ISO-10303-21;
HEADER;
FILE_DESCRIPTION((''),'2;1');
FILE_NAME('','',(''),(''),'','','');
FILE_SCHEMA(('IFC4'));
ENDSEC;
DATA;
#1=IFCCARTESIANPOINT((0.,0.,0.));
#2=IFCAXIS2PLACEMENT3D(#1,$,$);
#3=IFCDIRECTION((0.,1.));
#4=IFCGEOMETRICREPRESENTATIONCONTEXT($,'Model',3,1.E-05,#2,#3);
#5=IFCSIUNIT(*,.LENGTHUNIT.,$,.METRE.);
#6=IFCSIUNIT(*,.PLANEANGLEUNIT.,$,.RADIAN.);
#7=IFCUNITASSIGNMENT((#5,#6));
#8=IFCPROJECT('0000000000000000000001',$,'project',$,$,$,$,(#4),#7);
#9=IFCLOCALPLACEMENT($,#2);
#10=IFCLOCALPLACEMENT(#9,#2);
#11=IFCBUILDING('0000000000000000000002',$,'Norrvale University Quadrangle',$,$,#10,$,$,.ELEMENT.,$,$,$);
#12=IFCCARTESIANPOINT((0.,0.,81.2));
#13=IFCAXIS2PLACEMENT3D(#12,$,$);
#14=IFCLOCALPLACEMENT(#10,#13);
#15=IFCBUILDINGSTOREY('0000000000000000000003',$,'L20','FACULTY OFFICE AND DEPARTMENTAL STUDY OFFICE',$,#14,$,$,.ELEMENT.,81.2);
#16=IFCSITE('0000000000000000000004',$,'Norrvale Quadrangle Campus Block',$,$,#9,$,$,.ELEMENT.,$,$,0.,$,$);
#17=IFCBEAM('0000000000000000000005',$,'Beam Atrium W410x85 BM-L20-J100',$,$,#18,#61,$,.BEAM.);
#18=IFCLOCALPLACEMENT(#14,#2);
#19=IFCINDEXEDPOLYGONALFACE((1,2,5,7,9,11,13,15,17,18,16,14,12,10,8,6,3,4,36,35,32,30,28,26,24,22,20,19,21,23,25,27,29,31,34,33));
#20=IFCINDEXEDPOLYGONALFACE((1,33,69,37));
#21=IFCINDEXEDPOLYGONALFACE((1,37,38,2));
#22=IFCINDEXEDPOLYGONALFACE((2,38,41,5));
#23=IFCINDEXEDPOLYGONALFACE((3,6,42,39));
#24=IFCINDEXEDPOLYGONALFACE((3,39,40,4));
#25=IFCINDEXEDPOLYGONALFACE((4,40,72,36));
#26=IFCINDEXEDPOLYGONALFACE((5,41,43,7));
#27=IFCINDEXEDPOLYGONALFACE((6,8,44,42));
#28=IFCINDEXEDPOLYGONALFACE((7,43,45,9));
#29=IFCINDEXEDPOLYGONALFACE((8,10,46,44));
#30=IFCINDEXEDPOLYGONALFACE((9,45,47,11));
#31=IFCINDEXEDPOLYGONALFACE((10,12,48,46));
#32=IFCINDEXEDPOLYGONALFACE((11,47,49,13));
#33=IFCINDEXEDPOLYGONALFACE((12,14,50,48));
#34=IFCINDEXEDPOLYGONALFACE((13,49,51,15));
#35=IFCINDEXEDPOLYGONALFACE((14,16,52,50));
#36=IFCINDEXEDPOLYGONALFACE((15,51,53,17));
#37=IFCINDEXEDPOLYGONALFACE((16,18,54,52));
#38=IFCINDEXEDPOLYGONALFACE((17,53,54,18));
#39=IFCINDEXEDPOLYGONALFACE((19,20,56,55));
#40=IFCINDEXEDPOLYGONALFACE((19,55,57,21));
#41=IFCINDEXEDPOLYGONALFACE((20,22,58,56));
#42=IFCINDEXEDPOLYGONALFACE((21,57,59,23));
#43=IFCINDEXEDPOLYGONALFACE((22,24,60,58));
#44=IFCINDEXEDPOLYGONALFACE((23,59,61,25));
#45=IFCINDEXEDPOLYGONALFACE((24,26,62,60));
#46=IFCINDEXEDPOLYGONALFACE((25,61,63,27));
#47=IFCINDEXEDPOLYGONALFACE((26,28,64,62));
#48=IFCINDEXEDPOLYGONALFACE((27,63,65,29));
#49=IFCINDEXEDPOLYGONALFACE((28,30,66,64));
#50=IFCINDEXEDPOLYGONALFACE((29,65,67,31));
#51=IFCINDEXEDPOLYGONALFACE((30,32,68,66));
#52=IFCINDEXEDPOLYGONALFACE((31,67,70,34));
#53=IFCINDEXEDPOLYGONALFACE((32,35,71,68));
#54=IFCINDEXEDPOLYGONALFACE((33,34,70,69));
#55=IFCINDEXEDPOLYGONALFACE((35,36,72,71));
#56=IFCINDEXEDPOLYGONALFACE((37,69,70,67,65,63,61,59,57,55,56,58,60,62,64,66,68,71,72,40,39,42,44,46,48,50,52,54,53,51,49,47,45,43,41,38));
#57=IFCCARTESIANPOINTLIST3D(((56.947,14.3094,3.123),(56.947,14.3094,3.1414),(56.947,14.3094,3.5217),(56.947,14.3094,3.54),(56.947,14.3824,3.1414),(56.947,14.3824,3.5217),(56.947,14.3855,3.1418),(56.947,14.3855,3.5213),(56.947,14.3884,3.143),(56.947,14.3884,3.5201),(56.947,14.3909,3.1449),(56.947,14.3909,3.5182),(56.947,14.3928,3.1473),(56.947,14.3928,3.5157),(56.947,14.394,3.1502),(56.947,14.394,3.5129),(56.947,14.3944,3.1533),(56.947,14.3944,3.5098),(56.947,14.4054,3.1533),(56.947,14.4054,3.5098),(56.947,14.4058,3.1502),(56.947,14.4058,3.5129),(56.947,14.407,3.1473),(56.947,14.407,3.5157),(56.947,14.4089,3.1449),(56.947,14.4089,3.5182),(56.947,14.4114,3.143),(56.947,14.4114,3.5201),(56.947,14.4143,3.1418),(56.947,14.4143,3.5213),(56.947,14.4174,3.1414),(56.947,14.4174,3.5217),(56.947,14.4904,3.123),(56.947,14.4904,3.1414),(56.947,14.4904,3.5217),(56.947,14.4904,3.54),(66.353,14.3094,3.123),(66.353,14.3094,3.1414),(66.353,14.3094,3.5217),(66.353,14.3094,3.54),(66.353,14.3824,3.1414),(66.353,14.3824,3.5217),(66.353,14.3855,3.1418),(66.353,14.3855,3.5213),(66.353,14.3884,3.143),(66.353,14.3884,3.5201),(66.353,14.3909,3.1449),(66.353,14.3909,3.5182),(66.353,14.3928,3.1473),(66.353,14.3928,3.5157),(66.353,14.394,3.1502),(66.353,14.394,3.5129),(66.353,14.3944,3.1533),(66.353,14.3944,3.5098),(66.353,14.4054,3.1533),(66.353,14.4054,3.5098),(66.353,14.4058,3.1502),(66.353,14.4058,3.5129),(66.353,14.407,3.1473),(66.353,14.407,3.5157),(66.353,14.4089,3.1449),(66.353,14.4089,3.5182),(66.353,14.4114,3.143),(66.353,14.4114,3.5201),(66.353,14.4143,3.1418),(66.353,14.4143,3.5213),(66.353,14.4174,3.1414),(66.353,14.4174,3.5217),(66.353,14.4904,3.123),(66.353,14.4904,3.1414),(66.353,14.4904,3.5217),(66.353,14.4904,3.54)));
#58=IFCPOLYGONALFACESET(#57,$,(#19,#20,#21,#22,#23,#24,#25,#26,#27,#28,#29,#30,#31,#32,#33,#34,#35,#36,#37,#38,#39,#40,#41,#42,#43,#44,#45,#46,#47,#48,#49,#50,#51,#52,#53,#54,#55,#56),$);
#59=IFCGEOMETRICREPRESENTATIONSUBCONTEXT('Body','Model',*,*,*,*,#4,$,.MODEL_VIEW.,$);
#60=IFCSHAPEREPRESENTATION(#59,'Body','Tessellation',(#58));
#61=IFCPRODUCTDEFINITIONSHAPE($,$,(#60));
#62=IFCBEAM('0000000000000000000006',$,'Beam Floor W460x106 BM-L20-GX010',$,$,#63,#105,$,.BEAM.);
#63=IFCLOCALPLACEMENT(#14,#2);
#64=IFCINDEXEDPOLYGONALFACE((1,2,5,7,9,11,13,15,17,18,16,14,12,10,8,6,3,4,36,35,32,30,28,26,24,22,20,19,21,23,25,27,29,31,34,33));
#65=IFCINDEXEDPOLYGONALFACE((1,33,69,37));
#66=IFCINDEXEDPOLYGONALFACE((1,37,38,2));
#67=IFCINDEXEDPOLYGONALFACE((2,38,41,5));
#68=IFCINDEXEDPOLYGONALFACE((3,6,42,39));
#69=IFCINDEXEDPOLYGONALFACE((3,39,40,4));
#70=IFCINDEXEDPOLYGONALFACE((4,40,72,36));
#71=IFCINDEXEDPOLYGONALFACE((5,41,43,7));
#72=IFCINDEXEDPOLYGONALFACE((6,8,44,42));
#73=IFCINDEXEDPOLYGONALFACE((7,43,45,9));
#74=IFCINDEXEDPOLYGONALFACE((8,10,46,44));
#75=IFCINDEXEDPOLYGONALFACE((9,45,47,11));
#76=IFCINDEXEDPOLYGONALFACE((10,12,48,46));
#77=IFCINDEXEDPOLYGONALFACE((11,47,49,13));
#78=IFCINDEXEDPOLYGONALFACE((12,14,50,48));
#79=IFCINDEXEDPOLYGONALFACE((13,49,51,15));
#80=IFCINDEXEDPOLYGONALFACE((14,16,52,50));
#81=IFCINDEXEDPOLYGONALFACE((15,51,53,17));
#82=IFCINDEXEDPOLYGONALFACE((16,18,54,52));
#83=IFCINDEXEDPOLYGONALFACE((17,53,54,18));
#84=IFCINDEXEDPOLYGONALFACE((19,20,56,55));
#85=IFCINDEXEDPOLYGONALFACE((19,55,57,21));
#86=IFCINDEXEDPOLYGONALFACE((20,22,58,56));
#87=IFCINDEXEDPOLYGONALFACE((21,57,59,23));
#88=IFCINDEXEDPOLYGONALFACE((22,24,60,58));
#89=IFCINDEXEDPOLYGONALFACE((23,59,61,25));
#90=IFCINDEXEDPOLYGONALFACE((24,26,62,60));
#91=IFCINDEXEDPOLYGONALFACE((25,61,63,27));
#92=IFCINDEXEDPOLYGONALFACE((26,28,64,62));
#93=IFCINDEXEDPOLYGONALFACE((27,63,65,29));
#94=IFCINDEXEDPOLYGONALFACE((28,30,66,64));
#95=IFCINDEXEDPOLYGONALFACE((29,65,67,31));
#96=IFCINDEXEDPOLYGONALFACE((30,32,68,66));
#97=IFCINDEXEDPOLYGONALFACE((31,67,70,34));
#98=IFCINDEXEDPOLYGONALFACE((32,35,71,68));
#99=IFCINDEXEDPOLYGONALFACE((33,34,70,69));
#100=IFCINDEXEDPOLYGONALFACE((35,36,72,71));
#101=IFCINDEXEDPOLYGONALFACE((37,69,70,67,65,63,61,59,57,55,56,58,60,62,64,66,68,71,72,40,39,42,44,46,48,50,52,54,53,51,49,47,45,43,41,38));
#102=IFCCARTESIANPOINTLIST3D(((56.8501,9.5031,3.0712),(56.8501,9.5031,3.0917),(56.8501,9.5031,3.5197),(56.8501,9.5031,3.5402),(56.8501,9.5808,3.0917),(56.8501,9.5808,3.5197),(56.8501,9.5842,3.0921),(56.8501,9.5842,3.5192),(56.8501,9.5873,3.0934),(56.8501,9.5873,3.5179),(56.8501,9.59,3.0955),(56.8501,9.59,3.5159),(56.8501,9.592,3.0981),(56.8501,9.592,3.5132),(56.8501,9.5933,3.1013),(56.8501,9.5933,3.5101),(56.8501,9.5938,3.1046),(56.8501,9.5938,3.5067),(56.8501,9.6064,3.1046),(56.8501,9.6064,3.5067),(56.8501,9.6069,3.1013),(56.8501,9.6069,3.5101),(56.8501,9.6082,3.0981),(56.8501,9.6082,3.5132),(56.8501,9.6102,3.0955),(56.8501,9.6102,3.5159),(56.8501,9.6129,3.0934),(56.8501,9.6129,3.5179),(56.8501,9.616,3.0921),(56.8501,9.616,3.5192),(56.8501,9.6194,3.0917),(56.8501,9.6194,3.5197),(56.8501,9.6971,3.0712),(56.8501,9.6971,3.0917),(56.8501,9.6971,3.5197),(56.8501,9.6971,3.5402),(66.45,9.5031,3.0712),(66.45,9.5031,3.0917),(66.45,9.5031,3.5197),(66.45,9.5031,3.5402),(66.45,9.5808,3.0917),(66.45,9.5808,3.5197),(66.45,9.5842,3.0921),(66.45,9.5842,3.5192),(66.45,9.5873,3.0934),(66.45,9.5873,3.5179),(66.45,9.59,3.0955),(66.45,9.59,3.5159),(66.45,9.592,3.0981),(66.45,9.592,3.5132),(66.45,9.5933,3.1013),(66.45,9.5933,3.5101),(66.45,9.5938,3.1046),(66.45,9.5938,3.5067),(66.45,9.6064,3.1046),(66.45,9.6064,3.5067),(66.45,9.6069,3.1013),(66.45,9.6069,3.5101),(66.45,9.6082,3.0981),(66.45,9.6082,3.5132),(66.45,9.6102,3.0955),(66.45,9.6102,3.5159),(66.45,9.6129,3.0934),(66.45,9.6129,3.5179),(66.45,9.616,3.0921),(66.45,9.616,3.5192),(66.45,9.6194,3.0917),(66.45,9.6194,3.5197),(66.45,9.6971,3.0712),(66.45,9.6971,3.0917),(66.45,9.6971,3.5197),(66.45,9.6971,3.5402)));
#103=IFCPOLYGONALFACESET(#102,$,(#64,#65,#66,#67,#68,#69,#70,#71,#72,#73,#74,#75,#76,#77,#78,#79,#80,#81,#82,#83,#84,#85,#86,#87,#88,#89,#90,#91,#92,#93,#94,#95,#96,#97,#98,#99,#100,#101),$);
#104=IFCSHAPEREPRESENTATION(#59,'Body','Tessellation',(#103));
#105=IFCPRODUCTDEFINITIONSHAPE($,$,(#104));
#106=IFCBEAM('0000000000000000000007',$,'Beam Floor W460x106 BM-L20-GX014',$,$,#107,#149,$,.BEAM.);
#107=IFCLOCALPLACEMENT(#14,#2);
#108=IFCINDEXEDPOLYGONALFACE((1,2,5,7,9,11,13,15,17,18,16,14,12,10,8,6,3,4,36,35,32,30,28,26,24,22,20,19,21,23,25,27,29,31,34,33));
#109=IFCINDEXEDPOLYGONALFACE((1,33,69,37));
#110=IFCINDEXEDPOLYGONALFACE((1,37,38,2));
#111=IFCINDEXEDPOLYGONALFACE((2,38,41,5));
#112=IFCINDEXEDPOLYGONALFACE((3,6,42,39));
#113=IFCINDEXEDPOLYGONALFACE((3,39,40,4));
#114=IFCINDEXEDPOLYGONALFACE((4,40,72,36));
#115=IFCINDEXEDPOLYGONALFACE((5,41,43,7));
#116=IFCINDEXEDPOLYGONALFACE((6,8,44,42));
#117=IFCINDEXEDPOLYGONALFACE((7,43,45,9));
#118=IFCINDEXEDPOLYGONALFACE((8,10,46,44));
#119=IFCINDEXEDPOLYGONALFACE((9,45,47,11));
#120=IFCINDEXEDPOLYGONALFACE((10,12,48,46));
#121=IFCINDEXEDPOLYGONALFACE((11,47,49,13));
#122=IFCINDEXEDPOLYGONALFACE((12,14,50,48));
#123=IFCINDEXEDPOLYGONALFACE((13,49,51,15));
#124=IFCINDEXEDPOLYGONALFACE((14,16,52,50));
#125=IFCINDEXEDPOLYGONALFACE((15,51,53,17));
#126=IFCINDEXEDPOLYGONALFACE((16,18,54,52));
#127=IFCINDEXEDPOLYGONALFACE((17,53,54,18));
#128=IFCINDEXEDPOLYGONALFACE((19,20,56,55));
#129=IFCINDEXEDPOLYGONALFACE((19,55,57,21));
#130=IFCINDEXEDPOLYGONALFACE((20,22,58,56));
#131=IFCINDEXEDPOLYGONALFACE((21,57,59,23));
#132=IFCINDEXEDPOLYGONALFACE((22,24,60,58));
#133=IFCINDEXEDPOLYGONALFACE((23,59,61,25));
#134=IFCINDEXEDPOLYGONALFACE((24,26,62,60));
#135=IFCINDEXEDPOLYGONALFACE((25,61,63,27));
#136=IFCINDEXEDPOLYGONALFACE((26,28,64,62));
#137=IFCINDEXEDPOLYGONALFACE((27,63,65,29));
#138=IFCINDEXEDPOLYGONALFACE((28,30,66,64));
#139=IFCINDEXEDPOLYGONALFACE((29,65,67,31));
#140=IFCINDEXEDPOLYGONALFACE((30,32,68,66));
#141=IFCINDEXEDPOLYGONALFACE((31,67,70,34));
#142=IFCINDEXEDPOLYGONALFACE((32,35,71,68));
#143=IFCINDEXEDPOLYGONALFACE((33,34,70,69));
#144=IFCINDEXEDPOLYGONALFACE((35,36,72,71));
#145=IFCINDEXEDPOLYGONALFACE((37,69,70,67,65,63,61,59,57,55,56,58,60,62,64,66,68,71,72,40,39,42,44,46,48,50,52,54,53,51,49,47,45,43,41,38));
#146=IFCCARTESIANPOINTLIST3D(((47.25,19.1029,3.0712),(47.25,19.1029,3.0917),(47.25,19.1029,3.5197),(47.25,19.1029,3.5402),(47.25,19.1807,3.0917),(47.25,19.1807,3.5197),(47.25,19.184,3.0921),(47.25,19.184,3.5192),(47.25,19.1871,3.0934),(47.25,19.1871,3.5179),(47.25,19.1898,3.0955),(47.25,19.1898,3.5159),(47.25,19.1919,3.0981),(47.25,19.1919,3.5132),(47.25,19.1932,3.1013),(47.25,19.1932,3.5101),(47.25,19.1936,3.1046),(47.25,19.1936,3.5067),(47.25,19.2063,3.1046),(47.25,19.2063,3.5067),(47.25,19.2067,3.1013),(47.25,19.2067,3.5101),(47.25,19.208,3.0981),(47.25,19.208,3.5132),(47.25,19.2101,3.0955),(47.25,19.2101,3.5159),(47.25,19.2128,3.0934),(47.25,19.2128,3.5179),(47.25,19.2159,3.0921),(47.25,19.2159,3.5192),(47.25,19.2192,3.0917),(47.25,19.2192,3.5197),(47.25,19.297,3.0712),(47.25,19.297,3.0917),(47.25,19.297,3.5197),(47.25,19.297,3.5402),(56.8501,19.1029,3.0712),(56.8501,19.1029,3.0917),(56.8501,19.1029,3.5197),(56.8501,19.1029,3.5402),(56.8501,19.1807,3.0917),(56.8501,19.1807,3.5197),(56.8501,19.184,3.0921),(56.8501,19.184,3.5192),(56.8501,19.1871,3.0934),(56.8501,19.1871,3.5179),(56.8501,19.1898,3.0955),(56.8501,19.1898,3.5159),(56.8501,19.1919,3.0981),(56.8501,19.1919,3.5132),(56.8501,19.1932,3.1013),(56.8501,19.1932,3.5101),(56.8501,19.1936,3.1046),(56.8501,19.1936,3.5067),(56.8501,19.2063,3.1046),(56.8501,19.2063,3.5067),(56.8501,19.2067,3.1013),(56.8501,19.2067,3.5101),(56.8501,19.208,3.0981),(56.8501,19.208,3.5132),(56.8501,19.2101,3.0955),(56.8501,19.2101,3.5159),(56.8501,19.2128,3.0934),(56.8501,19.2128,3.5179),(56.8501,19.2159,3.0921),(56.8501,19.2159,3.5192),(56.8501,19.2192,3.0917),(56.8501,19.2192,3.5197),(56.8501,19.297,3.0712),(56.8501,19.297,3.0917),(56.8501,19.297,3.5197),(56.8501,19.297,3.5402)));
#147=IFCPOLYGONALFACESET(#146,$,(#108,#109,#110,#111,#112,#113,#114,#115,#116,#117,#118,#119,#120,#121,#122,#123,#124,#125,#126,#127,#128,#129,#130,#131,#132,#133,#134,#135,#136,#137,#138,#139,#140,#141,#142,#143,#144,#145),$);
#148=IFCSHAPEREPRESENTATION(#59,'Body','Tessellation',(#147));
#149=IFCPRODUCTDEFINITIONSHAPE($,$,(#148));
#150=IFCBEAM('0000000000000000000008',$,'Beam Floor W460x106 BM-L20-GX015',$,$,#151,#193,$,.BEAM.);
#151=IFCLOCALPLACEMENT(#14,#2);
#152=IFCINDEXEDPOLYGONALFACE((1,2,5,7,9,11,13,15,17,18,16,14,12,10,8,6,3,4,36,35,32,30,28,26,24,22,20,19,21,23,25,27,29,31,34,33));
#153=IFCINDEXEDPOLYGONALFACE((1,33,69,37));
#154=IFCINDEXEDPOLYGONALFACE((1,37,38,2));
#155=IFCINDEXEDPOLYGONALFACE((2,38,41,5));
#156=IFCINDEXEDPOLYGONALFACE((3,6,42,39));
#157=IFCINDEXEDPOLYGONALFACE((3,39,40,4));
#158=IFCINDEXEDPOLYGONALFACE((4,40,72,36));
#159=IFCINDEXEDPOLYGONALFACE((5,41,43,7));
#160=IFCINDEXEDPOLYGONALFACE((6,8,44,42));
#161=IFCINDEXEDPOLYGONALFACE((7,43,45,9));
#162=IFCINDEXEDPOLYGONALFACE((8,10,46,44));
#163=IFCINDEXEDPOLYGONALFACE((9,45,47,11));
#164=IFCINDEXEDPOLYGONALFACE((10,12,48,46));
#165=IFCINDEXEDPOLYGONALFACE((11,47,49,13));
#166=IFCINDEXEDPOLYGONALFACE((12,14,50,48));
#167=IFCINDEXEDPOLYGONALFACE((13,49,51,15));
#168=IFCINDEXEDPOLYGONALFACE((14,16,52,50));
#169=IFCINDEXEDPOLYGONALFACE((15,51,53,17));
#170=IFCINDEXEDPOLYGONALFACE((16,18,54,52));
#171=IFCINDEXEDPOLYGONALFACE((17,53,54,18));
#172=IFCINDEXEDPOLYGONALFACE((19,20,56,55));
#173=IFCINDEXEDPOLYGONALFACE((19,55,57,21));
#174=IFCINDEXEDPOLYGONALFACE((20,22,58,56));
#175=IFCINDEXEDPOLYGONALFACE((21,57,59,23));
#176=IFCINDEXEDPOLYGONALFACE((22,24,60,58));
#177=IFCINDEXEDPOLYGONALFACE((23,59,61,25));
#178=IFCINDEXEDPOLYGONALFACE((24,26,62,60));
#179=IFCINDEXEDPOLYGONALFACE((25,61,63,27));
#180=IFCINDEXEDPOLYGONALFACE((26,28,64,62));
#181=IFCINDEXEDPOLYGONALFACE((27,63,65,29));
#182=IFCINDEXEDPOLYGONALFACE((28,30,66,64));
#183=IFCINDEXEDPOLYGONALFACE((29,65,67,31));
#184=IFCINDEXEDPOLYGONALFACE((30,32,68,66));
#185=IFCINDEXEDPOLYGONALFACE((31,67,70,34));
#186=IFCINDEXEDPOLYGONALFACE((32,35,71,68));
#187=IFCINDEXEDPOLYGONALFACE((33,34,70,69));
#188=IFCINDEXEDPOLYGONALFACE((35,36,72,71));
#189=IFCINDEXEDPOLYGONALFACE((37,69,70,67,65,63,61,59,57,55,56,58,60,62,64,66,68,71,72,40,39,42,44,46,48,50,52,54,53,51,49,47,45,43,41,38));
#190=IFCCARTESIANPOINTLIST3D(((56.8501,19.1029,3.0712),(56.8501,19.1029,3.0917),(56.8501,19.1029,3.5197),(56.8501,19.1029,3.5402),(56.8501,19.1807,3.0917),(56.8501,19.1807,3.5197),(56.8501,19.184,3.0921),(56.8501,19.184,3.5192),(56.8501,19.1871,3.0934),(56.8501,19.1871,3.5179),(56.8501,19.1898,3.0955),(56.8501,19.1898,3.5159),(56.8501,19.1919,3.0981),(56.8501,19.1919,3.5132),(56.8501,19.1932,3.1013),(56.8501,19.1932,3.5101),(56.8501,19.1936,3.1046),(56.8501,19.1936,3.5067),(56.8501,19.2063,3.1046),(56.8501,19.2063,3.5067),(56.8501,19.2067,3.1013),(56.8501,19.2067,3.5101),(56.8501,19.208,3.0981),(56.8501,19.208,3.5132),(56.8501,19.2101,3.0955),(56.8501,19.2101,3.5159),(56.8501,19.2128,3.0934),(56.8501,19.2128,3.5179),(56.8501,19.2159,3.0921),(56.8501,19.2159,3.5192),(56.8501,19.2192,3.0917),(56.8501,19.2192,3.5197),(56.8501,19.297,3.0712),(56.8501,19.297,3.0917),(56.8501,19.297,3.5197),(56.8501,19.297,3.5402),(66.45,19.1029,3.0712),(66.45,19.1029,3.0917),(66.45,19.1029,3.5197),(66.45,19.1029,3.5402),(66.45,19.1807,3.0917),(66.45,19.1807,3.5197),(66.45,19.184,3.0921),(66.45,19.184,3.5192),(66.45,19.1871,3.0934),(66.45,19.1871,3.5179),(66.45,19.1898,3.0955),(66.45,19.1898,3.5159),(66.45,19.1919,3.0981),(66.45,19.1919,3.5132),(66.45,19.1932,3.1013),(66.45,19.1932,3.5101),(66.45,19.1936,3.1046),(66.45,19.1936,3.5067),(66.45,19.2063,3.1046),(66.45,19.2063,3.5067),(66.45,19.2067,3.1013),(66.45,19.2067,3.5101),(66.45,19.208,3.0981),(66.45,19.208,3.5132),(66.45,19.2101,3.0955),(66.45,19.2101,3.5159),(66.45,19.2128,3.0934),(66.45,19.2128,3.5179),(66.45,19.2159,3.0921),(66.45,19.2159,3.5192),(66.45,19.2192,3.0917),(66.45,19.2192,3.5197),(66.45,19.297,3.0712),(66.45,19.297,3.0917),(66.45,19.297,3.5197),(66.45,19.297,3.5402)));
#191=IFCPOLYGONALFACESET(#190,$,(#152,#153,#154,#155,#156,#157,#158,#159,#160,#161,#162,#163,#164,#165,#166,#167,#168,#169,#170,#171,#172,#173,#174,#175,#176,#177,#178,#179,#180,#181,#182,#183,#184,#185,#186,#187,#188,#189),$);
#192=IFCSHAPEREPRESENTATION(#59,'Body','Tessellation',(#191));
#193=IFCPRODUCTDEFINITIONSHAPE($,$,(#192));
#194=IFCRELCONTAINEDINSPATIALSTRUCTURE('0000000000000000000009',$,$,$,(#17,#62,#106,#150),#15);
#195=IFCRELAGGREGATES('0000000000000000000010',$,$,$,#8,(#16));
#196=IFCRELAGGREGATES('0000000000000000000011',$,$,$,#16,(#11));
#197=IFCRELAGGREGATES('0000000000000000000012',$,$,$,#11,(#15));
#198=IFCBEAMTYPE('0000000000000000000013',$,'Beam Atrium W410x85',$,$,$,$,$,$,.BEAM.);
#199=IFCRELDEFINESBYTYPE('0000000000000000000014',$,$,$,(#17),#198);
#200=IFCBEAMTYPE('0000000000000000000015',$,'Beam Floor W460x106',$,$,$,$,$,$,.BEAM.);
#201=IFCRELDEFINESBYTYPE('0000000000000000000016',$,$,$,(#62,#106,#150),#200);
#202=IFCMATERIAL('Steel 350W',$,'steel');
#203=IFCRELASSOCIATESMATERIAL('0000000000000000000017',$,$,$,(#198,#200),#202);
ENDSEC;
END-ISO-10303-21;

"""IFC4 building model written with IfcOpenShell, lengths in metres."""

from ifc_helpers import new_model, si_unit, direction, frame, origin, origin_2d, place, context, subcontext, project, spatial, i_section, extrude, material, material_profile, profile_set, type_object, element, save


model = new_model("IFC4")

# Units and contexts
model_context = context("Model", 3, precision=1e-05, world=origin(), true_north=direction((0.0, 1.0)))
body_context = subcontext(model_context, "Body", "Model", "MODEL_VIEW")
ifc_project = project(units=[si_unit("LENGTHUNIT", "METRE"), si_unit("PLANEANGLEUNIT", "RADIAN")], contexts=[model_context])

# Site, building, storey
site_placement = place(None, origin())
site = spatial("IfcSite", under=ifc_project, at=site_placement, Name="Norrvale Quadrangle Campus Block", CompositionType="ELEMENT", RefElevation=0.0)
building_placement = place(site_placement, origin())
building = spatial("IfcBuilding", under=site, at=building_placement, Name="Norrvale University Quadrangle", CompositionType="ELEMENT")
storey_placement = place(building_placement, frame((0.0, 0.0, 81.2)))
storey = spatial("IfcBuildingStorey", under=building, at=storey_placement, Name="L20", Description="FACULTY OFFICE AND DEPARTMENTAL STUDY OFFICE", CompositionType="ELEMENT", Elevation=81.2)

# Beams
ifc_material_1 = material(Name="Steel 350W", Category="steel")
ifc_material_profile_1 = material_profile(ifc_material_1, i_section(OverallWidth=0.1809, OverallDepth=0.417, WebThickness=0.011, FlangeThickness=0.0183, FilletRadius=0.012, at=origin_2d()), Name="Steel 350W")
ifc_profile_set_1 = profile_set([ifc_material_profile_1], Name="Steel 350W")
beam_type_1 = type_object("IfcBeamType", Name="Beam Atrium W410x85", PredefinedType="BEAM", material=ifc_profile_set_1)
for number, where, z_axis, x_axis, name in (
    (1, (56.947, 14.3999, 3.3315), (1.0, 0.0, 0.0), (0.0, 1.0, 0.0), "Beam Atrium W410x85 BM-L20-J100"),
):
    element("IfcBeam", number, at=place(storey_placement, frame(where, z_axis=z_axis, x_axis=x_axis)), inside=storey, type_object=beam_type_1, Name=name, PredefinedType="BEAM", context=body_context, shape_type="SweptSolid", body=[
        extrude(i_section(OverallWidth=0.1809, OverallDepth=0.417, WebThickness=0.011, FlangeThickness=0.0183, FilletRadius=0.012, at=origin_2d()), origin(), (0.0, 0.0, 1.0), 9.406),
    ])
ifc_material_profile_2 = material_profile(ifc_material_1, i_section(OverallWidth=0.1941, OverallDepth=0.469, WebThickness=0.0127, FlangeThickness=0.0205, FilletRadius=0.0129, at=origin_2d()), Name="Steel 350W")
ifc_profile_set_2 = profile_set([ifc_material_profile_2], Name="Steel 350W")
beam_type_2 = type_object("IfcBeamType", Name="Beam Floor W460x106", PredefinedType="BEAM", material=ifc_profile_set_2)
beam_1_placement = place(storey_placement, frame((56.8501, 9.6001, 3.3057), z_axis=(1.0, 0.0, 0.0), x_axis=(0.0, 1.0, 0.0)))
element("IfcBeam", 2, at=beam_1_placement, inside=storey, type_object=beam_type_2, Name="Beam Floor W460x106 BM-L20-GX010", PredefinedType="BEAM", context=body_context, shape_type="SweptSolid", body=[
    extrude(i_section(OverallWidth=0.1941, OverallDepth=0.469, WebThickness=0.0127, FlangeThickness=0.0205, FilletRadius=0.0129, at=origin_2d()), origin(), (0.0, 0.0, 1.0), 9.5999),
])
beam_2_placement = place(storey_placement, frame((47.25, 19.2, 3.3057), z_axis=(1.0, 0.0, 0.0), x_axis=(0.0, 1.0, 0.0)))
element("IfcBeam", 3, at=beam_2_placement, inside=storey, type_object=beam_type_2, Name="Beam Floor W460x106 BM-L20-GX014", PredefinedType="BEAM", context=body_context, shape_type="SweptSolid", body=[
    extrude(i_section(OverallWidth=0.1941, OverallDepth=0.469, WebThickness=0.0127, FlangeThickness=0.0205, FilletRadius=0.0129, at=origin_2d()), origin(), (0.0, 0.0, 1.0), 9.6001),
])
beam_3_placement = place(storey_placement, frame((56.8501, 19.2, 3.3057), z_axis=(1.0, 0.0, 0.0), x_axis=(0.0, 1.0, 0.0)))
element("IfcBeam", 4, at=beam_3_placement, inside=storey, type_object=beam_type_2, Name="Beam Floor W460x106 BM-L20-GX015", PredefinedType="BEAM", context=body_context, shape_type="SweptSolid", body=[
    extrude(i_section(OverallWidth=0.1941, OverallDepth=0.469, WebThickness=0.0127, FlangeThickness=0.0205, FilletRadius=0.0129, at=origin_2d()), origin(), (0.0, 0.0, 1.0), 9.5999),
])

save(model, "model.ifc")
